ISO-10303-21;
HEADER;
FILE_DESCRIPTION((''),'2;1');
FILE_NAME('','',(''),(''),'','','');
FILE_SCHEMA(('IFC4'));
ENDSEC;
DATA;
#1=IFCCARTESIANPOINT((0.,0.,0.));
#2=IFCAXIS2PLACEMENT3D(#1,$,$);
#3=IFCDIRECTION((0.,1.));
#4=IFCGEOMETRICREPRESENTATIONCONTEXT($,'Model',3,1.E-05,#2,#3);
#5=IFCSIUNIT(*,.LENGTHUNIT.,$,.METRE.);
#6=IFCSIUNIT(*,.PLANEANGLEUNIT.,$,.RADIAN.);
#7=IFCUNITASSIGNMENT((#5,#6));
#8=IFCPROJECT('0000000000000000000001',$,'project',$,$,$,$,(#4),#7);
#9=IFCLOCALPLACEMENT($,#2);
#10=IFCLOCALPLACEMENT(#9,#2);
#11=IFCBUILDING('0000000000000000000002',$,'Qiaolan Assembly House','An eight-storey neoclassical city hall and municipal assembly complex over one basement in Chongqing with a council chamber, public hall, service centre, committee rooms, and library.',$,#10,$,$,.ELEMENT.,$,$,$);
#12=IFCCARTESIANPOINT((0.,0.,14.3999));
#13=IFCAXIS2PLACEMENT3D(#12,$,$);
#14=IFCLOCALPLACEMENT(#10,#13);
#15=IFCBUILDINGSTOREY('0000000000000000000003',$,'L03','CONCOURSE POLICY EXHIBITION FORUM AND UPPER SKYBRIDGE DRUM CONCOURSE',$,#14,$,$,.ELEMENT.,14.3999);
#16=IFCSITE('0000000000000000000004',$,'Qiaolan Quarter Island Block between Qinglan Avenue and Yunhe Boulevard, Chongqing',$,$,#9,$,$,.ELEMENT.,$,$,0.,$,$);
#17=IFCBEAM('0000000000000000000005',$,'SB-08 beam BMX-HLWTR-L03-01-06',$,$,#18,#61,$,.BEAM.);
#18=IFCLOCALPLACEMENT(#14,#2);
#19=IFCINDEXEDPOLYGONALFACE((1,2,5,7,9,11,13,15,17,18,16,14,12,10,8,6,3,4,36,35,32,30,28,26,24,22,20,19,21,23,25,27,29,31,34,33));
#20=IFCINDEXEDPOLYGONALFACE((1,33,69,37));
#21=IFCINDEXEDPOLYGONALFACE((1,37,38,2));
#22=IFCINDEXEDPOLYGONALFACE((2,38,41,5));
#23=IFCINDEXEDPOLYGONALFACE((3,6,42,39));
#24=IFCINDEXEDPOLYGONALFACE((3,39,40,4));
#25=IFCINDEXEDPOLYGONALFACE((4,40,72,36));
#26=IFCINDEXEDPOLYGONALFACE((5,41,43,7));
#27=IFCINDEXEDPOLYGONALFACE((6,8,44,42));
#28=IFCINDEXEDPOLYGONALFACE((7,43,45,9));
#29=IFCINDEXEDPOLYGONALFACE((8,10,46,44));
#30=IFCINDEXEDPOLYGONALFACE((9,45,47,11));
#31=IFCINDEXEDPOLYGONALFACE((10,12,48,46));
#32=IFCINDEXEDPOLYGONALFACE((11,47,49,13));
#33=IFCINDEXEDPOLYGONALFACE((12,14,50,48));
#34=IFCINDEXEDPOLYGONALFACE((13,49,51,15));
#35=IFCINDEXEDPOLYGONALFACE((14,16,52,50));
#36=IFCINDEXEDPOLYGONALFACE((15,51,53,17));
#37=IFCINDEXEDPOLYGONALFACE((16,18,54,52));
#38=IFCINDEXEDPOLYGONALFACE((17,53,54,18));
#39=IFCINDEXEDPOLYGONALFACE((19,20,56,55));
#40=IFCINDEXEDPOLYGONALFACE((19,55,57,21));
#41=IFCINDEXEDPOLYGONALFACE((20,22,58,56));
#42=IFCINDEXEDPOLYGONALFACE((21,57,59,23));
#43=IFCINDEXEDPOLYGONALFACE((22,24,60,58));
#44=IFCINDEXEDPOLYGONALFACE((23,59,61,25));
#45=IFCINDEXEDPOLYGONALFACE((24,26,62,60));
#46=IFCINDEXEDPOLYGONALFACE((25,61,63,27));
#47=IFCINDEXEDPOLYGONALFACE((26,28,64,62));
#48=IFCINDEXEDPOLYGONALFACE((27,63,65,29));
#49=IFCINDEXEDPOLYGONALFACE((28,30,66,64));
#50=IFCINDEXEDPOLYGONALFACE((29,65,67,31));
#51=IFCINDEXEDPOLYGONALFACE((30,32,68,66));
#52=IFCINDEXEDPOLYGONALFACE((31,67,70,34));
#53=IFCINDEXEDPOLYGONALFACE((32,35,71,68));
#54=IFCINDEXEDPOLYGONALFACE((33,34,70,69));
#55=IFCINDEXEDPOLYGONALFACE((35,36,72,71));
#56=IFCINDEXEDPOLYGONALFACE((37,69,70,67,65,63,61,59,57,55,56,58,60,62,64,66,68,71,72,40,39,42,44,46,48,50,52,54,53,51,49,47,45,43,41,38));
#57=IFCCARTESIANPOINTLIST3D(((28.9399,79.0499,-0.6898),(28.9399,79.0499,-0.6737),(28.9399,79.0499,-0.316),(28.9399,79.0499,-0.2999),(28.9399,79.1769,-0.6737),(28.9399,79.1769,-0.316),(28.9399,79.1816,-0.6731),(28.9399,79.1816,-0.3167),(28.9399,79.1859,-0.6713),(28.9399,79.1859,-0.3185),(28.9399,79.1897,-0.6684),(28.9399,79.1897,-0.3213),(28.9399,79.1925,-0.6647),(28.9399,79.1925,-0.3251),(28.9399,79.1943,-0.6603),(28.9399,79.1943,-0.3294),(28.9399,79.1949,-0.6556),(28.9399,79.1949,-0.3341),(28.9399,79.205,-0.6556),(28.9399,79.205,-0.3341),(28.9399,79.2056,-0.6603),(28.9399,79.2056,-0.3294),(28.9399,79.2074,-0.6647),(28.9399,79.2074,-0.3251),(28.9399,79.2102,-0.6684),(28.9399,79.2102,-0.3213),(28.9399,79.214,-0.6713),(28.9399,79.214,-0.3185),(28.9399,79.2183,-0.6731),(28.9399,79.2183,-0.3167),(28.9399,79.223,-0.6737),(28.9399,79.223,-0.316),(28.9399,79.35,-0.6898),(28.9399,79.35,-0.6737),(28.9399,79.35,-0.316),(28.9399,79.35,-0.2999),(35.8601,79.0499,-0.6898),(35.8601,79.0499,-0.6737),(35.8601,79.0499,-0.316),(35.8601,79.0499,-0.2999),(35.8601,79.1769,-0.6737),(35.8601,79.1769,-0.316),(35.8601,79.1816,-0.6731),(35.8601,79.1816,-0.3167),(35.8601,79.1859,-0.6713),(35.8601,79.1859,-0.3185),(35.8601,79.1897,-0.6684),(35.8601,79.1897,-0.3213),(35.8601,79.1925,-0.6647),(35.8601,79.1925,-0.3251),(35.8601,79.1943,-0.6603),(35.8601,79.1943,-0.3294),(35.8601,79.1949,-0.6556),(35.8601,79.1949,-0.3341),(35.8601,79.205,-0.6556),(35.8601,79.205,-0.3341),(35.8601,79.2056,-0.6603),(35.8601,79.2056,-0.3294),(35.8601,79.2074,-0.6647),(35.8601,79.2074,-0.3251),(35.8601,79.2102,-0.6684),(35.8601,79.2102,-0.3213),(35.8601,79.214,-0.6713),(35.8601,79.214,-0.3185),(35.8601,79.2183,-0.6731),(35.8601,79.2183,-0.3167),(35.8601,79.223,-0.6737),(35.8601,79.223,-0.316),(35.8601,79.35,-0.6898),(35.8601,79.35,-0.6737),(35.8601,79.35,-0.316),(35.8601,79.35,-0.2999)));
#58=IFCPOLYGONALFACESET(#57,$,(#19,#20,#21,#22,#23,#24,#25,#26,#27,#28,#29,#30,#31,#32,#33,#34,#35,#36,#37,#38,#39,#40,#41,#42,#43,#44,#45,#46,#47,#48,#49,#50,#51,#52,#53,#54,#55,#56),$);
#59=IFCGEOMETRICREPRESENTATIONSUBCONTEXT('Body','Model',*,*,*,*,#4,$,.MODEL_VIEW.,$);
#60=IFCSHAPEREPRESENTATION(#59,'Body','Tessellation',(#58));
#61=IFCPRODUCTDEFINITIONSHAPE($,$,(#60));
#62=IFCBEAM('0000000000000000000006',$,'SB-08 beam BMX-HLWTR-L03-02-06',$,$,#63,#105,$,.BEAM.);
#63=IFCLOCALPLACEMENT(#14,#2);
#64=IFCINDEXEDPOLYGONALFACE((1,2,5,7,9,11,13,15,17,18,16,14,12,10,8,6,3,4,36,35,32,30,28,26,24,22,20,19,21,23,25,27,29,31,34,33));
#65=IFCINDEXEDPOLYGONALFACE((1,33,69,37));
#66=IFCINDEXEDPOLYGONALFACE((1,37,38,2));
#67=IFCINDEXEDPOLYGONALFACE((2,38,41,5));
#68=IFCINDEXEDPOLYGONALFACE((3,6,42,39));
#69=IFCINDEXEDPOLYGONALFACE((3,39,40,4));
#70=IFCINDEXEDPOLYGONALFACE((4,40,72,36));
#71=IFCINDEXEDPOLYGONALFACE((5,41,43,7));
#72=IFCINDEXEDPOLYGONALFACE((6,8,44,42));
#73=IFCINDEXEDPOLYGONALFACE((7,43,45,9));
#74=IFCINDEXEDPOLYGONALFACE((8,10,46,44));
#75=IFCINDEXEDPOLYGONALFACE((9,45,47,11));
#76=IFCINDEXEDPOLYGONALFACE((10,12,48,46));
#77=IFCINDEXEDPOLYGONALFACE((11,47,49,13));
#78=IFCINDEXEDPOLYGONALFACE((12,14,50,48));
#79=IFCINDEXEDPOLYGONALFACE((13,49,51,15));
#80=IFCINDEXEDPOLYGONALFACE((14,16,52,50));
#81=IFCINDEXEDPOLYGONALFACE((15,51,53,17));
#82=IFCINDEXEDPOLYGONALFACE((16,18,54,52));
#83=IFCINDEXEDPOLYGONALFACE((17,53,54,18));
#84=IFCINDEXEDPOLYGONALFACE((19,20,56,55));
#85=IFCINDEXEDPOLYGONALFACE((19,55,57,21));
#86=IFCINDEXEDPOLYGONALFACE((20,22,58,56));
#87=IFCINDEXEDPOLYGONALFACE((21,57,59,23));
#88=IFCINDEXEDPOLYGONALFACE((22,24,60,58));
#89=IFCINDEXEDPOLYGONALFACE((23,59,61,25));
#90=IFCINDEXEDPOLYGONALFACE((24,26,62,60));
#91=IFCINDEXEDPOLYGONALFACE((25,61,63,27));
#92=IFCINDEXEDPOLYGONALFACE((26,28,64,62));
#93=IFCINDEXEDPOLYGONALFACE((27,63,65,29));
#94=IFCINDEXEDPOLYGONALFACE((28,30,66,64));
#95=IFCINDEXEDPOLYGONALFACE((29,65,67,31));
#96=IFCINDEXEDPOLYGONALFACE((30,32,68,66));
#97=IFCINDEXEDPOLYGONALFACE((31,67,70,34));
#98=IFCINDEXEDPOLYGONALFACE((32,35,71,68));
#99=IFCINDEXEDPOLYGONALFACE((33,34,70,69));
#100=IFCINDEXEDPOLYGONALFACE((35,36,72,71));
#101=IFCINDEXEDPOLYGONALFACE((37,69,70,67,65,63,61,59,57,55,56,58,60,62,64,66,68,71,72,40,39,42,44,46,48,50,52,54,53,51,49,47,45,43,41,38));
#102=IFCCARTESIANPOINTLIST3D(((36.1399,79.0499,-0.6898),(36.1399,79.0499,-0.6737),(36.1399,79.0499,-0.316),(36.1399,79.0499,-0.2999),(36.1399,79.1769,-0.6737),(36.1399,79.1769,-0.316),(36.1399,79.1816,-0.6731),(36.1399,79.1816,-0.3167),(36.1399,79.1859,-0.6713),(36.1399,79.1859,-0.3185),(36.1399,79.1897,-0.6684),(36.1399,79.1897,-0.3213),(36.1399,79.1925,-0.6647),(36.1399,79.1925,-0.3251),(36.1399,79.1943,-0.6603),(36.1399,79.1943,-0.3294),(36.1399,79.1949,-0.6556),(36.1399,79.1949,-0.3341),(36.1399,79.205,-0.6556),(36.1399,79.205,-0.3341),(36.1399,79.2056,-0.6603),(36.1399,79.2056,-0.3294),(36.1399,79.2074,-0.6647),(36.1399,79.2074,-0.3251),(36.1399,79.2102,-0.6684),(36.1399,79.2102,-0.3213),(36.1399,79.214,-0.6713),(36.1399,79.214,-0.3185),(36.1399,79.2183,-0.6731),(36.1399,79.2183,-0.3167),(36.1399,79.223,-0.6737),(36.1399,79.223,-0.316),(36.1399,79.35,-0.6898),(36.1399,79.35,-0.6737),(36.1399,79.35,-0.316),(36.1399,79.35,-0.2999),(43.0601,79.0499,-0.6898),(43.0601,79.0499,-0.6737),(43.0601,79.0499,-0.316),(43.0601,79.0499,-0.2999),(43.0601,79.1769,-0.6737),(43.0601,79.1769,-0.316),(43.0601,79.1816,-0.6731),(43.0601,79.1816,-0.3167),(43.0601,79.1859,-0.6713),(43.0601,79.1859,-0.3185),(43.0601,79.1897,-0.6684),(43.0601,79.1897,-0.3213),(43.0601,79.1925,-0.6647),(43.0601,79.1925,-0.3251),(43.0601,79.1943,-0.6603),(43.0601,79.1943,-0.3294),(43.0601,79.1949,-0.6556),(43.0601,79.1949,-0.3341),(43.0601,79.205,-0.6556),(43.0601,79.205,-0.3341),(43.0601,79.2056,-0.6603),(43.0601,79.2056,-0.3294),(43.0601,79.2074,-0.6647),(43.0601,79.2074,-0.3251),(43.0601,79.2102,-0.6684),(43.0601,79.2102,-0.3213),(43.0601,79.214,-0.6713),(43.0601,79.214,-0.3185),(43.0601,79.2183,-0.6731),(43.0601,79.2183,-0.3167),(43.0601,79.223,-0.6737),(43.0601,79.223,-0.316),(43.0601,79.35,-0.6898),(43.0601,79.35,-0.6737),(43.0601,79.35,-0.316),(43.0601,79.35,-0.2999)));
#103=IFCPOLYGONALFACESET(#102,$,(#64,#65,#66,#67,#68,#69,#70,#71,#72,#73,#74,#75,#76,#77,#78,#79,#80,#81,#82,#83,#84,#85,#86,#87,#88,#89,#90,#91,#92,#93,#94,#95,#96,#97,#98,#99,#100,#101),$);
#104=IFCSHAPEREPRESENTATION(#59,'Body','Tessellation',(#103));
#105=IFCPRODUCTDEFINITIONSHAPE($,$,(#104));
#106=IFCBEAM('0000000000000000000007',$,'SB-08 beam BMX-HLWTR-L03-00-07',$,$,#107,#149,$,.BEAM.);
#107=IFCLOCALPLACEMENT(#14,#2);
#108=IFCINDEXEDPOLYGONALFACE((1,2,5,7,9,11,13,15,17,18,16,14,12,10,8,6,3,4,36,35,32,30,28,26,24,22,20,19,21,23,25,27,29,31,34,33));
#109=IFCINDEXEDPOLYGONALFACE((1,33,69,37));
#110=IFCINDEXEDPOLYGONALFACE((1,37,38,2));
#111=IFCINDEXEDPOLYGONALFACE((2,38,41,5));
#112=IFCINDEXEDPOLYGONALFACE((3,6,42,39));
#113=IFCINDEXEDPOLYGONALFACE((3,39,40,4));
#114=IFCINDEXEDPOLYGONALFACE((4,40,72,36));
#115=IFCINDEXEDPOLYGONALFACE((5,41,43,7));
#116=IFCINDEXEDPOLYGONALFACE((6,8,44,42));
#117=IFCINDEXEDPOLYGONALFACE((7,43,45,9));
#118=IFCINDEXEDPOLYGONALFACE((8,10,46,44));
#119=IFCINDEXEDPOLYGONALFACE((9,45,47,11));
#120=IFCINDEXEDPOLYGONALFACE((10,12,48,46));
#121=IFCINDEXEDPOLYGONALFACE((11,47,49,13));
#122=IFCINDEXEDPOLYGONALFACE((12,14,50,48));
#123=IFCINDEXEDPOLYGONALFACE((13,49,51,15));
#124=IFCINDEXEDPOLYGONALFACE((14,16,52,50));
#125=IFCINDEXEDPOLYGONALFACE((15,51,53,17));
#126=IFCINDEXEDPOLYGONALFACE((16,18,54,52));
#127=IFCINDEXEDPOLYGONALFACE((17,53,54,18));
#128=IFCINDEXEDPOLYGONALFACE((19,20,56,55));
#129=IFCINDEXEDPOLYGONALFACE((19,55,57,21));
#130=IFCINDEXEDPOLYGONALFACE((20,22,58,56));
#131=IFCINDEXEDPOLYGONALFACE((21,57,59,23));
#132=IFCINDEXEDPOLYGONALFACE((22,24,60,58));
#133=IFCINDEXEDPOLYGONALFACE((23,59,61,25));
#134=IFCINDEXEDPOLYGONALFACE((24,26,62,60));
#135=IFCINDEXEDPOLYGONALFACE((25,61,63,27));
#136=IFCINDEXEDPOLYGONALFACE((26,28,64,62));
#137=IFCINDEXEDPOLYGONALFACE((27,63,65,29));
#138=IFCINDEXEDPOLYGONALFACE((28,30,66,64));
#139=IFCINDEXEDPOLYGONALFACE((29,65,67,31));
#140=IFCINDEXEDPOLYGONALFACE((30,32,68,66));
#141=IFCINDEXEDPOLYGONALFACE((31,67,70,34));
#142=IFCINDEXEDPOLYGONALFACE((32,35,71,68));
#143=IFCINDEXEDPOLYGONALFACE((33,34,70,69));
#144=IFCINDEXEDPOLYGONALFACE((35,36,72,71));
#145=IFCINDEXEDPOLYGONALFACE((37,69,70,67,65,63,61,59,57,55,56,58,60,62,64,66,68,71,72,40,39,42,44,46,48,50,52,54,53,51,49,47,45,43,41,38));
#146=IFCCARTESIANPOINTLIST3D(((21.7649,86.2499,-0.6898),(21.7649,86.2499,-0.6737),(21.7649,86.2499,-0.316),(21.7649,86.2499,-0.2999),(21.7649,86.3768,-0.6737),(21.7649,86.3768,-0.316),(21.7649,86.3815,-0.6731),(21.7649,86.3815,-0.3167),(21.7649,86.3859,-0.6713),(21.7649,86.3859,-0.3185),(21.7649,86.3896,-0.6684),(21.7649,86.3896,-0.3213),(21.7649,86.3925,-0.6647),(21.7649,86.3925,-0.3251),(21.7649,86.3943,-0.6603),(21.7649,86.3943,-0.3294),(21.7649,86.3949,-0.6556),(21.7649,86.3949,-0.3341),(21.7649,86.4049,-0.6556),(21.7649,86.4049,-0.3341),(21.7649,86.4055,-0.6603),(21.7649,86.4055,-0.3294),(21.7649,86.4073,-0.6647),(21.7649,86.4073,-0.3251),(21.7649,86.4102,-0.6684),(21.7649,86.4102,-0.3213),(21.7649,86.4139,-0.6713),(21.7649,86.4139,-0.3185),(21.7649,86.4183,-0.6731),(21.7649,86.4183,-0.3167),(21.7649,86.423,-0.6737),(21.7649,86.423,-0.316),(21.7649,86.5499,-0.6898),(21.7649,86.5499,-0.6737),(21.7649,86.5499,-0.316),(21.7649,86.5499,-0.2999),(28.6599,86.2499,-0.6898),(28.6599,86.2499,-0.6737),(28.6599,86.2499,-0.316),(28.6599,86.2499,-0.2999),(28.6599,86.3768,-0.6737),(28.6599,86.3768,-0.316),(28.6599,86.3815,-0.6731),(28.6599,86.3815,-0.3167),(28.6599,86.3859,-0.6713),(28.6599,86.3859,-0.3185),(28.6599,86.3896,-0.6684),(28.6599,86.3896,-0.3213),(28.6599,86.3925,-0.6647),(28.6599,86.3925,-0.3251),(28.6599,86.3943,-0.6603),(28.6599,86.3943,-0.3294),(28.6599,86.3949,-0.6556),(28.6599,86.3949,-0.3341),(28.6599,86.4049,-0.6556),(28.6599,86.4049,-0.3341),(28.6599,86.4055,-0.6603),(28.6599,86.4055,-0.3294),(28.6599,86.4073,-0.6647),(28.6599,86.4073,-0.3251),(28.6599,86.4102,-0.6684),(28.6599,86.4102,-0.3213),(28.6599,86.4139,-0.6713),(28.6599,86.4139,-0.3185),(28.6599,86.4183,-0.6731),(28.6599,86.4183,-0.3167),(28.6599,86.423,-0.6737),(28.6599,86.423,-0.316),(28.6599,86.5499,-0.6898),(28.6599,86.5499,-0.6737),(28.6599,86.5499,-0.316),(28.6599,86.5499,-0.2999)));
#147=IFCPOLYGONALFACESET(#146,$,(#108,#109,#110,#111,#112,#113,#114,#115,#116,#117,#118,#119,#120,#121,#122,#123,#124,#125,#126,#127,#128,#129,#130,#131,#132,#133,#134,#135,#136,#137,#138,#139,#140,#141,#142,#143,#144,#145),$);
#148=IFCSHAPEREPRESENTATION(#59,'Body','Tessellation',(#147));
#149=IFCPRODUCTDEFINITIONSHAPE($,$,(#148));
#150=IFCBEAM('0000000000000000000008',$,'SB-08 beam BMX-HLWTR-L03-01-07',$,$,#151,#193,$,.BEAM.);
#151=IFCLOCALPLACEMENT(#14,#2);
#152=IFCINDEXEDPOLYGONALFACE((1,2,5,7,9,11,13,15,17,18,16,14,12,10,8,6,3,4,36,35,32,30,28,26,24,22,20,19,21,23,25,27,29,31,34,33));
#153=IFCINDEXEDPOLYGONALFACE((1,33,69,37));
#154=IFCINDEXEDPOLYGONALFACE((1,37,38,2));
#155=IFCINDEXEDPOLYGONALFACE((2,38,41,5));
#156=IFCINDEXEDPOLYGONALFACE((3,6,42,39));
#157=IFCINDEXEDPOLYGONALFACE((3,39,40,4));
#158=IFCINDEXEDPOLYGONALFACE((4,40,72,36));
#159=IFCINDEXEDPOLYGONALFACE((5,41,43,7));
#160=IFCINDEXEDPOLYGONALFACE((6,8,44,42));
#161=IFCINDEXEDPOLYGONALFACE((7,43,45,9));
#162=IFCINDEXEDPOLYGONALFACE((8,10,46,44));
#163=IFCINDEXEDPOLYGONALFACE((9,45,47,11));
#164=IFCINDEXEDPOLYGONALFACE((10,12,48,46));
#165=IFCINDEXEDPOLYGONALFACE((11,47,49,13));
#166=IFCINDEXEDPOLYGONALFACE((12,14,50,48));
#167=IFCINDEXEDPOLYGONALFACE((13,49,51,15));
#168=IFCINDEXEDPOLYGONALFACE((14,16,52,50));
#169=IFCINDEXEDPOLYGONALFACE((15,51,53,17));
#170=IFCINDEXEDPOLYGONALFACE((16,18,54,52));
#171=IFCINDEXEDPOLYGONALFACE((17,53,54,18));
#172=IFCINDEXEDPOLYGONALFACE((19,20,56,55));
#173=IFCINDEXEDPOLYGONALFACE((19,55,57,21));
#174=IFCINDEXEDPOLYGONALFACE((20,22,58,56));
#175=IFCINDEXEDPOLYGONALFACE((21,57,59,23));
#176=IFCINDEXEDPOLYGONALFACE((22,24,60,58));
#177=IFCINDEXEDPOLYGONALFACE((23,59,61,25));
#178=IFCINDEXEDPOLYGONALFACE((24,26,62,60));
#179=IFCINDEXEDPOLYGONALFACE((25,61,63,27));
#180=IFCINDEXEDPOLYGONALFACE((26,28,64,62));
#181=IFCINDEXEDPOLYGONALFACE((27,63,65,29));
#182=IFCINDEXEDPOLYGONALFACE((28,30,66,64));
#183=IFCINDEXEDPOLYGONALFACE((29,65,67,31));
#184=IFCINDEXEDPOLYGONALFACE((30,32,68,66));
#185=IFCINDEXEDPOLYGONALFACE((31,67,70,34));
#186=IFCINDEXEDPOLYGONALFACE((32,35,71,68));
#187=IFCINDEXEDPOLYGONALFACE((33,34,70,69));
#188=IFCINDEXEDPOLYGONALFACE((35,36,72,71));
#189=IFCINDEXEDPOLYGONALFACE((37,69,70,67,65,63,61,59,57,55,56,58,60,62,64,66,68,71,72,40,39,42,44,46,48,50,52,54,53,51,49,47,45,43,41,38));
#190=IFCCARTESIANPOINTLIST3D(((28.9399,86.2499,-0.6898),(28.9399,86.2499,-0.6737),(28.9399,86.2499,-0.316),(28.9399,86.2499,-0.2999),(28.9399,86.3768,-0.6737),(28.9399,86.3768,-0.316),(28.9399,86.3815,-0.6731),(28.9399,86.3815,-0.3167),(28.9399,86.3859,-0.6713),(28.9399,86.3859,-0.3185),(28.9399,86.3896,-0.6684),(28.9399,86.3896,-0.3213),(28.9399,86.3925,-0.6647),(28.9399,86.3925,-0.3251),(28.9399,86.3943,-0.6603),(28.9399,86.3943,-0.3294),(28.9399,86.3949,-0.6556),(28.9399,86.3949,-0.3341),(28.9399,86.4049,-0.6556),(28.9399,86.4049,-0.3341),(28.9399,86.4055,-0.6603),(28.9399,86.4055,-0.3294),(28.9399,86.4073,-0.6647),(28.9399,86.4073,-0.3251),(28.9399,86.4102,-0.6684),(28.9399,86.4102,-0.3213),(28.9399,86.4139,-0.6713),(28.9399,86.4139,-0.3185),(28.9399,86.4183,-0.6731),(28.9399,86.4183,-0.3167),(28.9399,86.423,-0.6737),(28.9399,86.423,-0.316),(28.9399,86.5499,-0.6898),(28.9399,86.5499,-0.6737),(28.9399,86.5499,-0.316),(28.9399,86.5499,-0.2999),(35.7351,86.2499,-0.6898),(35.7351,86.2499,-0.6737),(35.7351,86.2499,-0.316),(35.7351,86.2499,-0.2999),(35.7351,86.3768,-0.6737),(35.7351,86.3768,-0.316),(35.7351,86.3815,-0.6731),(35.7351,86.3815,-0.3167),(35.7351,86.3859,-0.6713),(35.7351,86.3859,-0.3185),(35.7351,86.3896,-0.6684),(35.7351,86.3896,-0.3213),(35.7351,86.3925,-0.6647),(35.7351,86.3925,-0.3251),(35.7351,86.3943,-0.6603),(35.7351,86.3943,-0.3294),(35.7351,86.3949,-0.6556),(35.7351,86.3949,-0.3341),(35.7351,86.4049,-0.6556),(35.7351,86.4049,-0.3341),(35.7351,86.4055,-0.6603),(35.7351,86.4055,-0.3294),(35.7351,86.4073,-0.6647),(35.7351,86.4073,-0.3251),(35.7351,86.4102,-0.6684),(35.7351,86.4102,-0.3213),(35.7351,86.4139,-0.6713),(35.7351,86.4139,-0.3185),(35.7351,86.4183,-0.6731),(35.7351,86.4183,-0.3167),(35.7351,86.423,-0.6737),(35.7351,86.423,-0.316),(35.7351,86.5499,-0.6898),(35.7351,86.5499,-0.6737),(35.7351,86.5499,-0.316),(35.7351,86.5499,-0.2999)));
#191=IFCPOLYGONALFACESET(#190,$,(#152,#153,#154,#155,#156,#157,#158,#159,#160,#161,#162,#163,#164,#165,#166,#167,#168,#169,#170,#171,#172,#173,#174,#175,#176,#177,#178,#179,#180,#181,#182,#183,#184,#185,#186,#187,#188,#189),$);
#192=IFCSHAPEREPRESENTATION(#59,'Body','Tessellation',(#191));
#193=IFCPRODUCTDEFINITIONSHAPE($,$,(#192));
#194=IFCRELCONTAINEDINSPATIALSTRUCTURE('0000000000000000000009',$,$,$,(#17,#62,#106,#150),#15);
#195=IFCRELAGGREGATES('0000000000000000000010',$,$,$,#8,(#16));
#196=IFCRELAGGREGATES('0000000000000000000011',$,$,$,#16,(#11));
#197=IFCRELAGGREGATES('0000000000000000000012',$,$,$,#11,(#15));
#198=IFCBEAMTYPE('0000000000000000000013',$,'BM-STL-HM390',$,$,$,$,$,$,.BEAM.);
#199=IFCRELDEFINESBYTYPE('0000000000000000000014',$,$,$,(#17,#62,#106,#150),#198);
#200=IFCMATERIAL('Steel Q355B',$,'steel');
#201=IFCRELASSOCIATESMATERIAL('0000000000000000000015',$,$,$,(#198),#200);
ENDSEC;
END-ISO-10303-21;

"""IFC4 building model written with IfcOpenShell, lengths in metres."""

from ifc_helpers import new_model, si_unit, direction, frame, origin, origin_2d, place, context, subcontext, project, spatial, i_section, extrude, material, material_profile, profile_set, type_object, element, save


model = new_model("IFC4")

# Units and contexts
model_context = context("Model", 3, precision=1e-05, world=origin(), true_north=direction((0.0, 1.0)))
body_context = subcontext(model_context, "Body", "Model", "MODEL_VIEW")
ifc_project = project(units=[si_unit("LENGTHUNIT", "METRE"), si_unit("PLANEANGLEUNIT", "RADIAN")], contexts=[model_context])

# Site, building, storey
site_placement = place(None, origin())
site = spatial("IfcSite", under=ifc_project, at=site_placement, Name="Qiaolan Quarter Island Block between Qinglan Avenue and Yunhe Boulevard, Chongqing", CompositionType="ELEMENT", RefElevation=0.0)
building_placement = place(site_placement, origin())
building = spatial("IfcBuilding", under=site, at=building_placement, Name="Qiaolan Assembly House", Description="An eight-storey neoclassical city hall and municipal assembly complex over one basement in Chongqing with a council chamber, public hall, service centre, committee rooms, and library.", CompositionType="ELEMENT")
storey_placement = place(building_placement, frame((0.0, 0.0, 14.3999)))
storey = spatial("IfcBuildingStorey", under=building, at=storey_placement, Name="L03", Description="CONCOURSE POLICY EXHIBITION FORUM AND UPPER SKYBRIDGE DRUM CONCOURSE", CompositionType="ELEMENT", Elevation=14.3999)

# Shared definitions
ifc_material_1 = material(Name="Steel Q355B", Category="steel")

# Beams
ifc_material_profile_1 = material_profile(ifc_material_1, i_section(OverallWidth=0.3, OverallDepth=0.3899, WebThickness=0.01, FlangeThickness=0.0161, FilletRadius=0.0181, at=origin_2d()), Name="HM 390x300x10x16")
ifc_profile_set_1 = profile_set([ifc_material_profile_1], Name="Steel Q355B")
beam_type_1 = type_object("IfcBeamType", Name="BM-STL-HM390", PredefinedType="BEAM", material=ifc_profile_set_1)
for number, where, z_axis, x_axis, name in (
    (1, (28.9399, 79.2, -0.4949), (1.0, 0.0, 0.0), (0.0, 1.0, 0.0), "SB-08 beam BMX-HLWTR-L03-01-06"),
    (2, (36.1399, 79.2, -0.4949), (1.0, 0.0, 0.0), (0.0, 1.0, 0.0), "SB-08 beam BMX-HLWTR-L03-02-06"),
):
    element("IfcBeam", number, at=place(storey_placement, frame(where, z_axis=z_axis, x_axis=x_axis)), inside=storey, type_object=beam_type_1, Name=name, PredefinedType="BEAM", context=body_context, shape_type="SweptSolid", body=[
        extrude(i_section(OverallWidth=0.3, OverallDepth=0.3899, WebThickness=0.01, FlangeThickness=0.0161, FilletRadius=0.0181, at=origin_2d()), origin(), (0.0, 0.0, 1.0), 6.9202),
    ])
beam_1_placement = place(storey_placement, frame((21.7649, 86.3999, -0.4949), z_axis=(1.0, 0.0, 0.0), x_axis=(0.0, 1.0, 0.0)))
element("IfcBeam", 3, at=beam_1_placement, inside=storey, type_object=beam_type_1, Name="SB-08 beam BMX-HLWTR-L03-00-07", PredefinedType="BEAM", context=body_context, shape_type="SweptSolid", body=[
    extrude(i_section(OverallWidth=0.3, OverallDepth=0.3899, WebThickness=0.01, FlangeThickness=0.0161, FilletRadius=0.0181, at=origin_2d()), origin(), (0.0, 0.0, 1.0), 6.895),
])
beam_2_placement = place(storey_placement, frame((28.9399, 86.3999, -0.4949), z_axis=(1.0, 0.0, 0.0), x_axis=(0.0, 1.0, 0.0)))
element("IfcBeam", 4, at=beam_2_placement, inside=storey, type_object=beam_type_1, Name="SB-08 beam BMX-HLWTR-L03-01-07", PredefinedType="BEAM", context=body_context, shape_type="SweptSolid", body=[
    extrude(i_section(OverallWidth=0.3, OverallDepth=0.3899, WebThickness=0.01, FlangeThickness=0.0161, FilletRadius=0.0181, at=origin_2d()), origin(), (0.0, 0.0, 1.0), 6.7952),
])

save(model, "model.ifc")
